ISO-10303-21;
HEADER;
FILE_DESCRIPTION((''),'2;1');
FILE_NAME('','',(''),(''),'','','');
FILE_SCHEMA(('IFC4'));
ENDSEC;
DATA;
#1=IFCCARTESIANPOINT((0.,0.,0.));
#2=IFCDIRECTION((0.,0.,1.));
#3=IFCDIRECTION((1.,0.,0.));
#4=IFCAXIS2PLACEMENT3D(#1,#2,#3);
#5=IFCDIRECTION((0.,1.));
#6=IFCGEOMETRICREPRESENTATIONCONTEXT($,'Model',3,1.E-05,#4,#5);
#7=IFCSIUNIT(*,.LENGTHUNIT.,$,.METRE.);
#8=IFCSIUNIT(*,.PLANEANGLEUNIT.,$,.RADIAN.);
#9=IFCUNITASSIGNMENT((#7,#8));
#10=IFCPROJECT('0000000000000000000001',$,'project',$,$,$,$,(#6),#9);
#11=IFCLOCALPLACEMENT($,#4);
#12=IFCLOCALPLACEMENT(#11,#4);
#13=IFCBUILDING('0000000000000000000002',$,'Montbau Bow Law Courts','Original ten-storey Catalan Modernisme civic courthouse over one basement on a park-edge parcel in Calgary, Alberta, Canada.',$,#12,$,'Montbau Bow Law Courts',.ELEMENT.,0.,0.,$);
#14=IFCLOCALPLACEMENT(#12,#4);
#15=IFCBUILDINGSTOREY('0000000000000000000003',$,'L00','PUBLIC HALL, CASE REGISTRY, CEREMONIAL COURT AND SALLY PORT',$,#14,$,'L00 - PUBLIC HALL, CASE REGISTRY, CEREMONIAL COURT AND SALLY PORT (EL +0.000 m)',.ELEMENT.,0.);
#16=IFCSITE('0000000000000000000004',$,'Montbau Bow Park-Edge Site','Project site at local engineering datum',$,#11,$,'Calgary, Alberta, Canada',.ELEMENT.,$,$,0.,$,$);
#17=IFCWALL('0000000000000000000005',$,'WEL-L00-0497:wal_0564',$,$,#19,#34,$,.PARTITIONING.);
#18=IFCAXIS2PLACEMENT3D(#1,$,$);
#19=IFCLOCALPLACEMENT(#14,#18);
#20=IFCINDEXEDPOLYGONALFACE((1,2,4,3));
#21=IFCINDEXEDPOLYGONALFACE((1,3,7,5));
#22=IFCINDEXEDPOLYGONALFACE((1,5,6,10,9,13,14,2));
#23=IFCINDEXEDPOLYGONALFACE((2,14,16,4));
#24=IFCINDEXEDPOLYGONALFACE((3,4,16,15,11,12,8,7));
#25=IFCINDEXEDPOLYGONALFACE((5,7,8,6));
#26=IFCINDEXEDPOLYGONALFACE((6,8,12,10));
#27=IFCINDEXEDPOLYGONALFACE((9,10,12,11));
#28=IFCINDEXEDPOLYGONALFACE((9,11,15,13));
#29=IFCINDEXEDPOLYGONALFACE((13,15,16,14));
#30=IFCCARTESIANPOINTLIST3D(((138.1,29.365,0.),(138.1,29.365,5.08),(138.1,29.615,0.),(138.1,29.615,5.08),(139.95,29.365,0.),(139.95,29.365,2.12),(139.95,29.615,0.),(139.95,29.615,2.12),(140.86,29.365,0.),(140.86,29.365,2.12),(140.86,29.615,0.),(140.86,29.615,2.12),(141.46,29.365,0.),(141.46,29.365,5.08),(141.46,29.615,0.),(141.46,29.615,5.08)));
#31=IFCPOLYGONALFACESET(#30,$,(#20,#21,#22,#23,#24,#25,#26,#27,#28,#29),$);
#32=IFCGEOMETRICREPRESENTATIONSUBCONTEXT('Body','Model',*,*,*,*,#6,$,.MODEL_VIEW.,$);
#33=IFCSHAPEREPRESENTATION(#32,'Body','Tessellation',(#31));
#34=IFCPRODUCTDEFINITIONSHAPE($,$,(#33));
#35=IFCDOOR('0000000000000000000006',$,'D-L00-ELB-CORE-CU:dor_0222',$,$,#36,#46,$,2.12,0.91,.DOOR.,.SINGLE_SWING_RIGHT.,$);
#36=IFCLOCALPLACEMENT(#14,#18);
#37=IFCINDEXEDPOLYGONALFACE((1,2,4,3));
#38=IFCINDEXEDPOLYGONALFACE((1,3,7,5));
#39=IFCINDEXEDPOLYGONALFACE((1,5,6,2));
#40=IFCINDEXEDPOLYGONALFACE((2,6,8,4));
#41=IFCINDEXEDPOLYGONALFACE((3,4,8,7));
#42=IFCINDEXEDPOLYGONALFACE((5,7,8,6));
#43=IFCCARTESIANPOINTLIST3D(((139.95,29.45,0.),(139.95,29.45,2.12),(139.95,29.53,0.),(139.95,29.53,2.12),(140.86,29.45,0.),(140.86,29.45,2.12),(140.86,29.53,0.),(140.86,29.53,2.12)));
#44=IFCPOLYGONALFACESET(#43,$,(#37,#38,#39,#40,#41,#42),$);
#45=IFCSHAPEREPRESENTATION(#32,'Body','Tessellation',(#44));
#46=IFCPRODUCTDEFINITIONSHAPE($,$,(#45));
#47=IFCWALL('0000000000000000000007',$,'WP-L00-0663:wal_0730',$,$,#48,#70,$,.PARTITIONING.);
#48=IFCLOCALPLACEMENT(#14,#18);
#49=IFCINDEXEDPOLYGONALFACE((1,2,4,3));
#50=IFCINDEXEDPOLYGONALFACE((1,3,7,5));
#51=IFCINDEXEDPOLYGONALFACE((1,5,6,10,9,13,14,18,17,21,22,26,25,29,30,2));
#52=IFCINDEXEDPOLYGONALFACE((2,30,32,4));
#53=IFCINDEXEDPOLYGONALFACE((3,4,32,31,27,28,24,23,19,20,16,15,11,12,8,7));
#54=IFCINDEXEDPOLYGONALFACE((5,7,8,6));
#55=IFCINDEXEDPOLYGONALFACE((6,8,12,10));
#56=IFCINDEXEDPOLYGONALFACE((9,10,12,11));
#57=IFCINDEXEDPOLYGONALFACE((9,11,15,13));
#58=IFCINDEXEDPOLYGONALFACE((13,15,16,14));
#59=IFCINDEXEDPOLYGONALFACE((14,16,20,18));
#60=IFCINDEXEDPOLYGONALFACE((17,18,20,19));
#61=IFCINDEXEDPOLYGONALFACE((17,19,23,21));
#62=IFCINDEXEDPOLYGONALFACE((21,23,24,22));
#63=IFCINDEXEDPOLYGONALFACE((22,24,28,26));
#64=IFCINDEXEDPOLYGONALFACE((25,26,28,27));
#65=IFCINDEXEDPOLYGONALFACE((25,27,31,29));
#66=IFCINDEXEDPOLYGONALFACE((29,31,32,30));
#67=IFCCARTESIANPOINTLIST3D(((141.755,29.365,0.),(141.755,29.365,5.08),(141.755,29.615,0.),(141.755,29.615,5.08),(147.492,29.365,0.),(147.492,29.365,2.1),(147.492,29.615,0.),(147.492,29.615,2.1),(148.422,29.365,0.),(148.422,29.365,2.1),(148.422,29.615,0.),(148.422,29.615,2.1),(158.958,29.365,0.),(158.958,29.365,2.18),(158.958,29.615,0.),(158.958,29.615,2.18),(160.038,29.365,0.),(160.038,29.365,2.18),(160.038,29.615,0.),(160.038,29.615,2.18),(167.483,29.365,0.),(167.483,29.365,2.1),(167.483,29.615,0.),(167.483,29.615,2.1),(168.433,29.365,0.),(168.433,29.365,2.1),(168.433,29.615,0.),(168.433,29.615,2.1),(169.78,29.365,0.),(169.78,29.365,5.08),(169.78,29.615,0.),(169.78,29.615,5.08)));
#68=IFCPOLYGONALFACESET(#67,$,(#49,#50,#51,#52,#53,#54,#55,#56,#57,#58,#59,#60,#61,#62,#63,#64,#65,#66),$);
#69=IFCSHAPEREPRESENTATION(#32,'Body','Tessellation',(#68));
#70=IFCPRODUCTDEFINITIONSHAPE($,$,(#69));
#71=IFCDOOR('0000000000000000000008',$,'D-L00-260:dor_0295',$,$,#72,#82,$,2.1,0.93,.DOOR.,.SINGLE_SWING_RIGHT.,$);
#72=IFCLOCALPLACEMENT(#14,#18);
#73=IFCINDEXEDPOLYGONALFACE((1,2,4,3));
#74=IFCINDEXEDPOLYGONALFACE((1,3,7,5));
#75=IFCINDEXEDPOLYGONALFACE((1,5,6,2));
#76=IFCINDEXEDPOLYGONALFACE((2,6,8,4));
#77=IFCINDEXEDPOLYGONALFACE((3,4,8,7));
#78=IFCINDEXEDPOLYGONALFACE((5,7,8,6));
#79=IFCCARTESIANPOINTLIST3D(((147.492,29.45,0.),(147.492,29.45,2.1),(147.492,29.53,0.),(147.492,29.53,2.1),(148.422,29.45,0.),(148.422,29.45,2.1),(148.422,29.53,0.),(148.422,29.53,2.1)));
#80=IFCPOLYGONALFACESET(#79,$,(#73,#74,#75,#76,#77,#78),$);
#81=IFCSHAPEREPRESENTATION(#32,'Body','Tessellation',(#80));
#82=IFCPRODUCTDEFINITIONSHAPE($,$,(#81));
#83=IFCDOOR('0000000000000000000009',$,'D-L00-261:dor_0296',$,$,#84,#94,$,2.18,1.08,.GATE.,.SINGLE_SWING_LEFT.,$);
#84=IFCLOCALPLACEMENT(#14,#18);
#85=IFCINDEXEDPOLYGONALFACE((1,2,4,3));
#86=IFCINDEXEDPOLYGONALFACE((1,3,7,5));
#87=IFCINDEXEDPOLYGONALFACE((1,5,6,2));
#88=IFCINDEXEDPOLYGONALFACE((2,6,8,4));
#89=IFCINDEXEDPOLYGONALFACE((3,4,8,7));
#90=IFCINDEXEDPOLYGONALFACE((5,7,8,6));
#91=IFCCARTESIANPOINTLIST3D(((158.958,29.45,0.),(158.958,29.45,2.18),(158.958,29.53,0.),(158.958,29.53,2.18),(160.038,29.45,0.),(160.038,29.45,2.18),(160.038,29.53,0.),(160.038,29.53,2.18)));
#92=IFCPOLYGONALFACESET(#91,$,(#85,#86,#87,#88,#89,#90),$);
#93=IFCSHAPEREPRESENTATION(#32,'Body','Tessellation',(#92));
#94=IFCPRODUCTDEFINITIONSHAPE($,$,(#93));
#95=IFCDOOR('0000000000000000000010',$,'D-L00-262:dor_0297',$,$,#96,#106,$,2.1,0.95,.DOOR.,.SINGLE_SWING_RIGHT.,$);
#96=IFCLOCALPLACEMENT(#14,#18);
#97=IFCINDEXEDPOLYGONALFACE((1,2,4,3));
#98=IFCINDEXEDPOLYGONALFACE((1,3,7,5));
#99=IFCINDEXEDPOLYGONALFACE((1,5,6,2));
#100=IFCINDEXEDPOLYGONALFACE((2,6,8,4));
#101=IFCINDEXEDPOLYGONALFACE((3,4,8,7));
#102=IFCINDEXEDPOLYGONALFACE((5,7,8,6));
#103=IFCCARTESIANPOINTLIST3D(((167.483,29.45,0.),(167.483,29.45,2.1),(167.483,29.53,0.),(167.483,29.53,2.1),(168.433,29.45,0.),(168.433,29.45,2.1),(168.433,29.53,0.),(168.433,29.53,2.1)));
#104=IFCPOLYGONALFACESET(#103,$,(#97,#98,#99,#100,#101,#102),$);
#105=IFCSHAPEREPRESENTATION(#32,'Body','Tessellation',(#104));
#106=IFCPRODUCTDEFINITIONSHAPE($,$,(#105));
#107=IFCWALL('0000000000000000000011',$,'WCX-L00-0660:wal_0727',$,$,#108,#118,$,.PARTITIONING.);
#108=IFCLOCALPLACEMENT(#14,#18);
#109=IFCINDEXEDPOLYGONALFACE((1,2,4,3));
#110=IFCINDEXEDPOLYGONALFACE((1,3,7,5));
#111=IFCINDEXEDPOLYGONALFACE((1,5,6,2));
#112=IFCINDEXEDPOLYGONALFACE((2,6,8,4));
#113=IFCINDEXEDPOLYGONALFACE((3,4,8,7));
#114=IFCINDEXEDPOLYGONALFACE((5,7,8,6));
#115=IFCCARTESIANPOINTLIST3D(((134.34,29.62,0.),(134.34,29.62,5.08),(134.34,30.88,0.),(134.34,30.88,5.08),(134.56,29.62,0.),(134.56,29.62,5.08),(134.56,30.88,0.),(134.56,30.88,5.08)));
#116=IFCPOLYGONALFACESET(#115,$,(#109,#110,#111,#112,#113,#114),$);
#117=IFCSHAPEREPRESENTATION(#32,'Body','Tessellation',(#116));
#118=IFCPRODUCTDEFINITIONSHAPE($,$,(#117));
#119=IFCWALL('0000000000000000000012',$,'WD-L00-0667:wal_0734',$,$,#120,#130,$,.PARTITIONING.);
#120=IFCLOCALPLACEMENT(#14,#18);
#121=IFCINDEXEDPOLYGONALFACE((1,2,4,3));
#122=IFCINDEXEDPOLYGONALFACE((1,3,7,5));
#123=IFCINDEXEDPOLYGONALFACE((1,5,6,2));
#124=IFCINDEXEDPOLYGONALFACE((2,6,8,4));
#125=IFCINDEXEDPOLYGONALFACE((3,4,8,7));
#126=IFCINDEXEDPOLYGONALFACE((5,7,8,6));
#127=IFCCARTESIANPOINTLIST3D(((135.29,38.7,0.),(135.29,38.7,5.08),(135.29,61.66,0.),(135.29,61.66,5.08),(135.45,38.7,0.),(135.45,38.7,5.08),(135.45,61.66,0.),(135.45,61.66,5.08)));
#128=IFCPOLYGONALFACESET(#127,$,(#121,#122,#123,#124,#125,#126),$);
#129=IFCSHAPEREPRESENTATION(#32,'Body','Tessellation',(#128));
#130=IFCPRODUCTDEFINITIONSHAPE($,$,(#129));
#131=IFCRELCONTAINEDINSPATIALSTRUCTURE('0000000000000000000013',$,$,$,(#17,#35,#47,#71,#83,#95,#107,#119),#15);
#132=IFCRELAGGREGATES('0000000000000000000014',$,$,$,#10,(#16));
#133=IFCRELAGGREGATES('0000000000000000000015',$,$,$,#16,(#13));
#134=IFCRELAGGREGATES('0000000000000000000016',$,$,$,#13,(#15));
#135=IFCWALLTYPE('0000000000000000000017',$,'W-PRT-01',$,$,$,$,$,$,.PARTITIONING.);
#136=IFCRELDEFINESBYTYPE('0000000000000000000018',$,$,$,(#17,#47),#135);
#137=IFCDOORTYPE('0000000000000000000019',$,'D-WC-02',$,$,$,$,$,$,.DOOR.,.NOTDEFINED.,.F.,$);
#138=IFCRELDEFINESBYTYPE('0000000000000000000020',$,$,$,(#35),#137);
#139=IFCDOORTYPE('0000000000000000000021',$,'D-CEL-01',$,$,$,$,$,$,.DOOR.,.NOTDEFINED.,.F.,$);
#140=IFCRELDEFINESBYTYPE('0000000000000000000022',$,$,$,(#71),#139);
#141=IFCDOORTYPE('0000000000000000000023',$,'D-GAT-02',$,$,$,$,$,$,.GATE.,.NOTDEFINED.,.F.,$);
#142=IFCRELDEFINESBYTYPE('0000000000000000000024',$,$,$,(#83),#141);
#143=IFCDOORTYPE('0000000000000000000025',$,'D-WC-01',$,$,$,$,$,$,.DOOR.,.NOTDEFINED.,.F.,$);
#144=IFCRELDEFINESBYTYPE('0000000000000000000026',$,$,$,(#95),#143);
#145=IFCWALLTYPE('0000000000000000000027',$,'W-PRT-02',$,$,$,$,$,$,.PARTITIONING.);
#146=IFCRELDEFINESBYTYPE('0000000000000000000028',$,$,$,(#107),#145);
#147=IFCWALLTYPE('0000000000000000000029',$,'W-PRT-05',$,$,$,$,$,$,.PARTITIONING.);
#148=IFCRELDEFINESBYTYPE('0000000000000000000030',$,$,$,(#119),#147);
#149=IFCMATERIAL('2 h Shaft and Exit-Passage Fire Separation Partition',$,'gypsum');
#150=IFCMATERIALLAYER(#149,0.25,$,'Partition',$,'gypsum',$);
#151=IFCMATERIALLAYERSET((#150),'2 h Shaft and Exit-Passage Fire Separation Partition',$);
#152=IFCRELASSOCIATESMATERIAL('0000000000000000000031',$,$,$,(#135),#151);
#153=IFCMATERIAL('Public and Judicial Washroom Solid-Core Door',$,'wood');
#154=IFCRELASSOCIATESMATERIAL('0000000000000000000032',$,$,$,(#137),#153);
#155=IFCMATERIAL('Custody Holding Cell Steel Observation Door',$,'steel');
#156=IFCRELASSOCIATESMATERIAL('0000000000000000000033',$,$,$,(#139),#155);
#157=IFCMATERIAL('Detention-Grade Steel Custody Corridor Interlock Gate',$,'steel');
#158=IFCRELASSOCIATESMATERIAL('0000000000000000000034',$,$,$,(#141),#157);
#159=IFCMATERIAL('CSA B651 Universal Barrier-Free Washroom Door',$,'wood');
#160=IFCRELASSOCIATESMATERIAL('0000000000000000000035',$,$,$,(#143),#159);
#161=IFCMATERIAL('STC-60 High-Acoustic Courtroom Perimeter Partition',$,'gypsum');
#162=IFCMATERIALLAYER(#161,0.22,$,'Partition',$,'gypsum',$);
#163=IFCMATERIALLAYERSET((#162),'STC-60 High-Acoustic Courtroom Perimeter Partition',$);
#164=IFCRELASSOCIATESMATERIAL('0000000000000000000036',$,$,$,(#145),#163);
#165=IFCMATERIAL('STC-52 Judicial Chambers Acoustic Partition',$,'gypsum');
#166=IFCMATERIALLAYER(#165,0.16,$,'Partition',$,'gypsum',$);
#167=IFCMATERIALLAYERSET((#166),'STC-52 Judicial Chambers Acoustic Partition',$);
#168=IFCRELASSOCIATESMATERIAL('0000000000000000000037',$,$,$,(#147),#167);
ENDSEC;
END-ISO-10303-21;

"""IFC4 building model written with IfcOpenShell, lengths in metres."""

from ifc_helpers import new_model, si_unit, direction, frame, frame_2d, origin_with_axes, place, context, subcontext, project, spatial, rectangle, extrude, material, layer, layer_set, type_object, element, fill, save


model = new_model("IFC4")

# Units and contexts
model_context = context("Model", 3, precision=1e-05, world=origin_with_axes(), true_north=direction((0.0, 1.0)))
body_context = subcontext(model_context, "Body", "Model", "MODEL_VIEW")
ifc_project = project(units=[si_unit("LENGTHUNIT", "METRE"), si_unit("PLANEANGLEUNIT", "RADIAN")], contexts=[model_context])

# Site, building, storey
site_placement = place(None, origin_with_axes())
site = spatial("IfcSite", under=ifc_project, at=site_placement, Name="Montbau Bow Park-Edge Site", Description="Project site at local engineering datum", LongName="Calgary, Alberta, Canada", CompositionType="ELEMENT", RefElevation=0.0)
building_placement = place(site_placement, origin_with_axes())
building = spatial("IfcBuilding", under=site, at=building_placement, Name="Montbau Bow Law Courts", Description="Original ten-storey Catalan Modernisme civic courthouse over one basement on a park-edge parcel in Calgary, Alberta, Canada.", LongName="Montbau Bow Law Courts", CompositionType="ELEMENT", ElevationOfRefHeight=0.0, ElevationOfTerrain=0.0)
storey_placement = place(building_placement, origin_with_axes())
storey = spatial("IfcBuildingStorey", under=building, at=storey_placement, Name="L00", Description="PUBLIC HALL, CASE REGISTRY, CEREMONIAL COURT AND SALLY PORT", LongName="L00 - PUBLIC HALL, CASE REGISTRY, CEREMONIAL COURT AND SALLY PORT (EL +0.000 m)", CompositionType="ELEMENT", Elevation=0.0)

# Shared definitions
ifc_material_1 = material(Name="2 h Shaft and Exit-Passage Fire Separation Partition", Category="gypsum")
ifc_layer_1 = layer(ifc_material_1, 0.25, Name="Partition", Category="gypsum")
ifc_layer_set_1 = layer_set([ifc_layer_1], Name="2 h Shaft and Exit-Passage Fire Separation Partition")
wall_type_1 = type_object("IfcWallType", Name="W-PRT-01", PredefinedType="PARTITIONING", material=ifc_layer_set_1)

# Wall, opening, door
wall_1_placement = place(None, frame((138.1, 29.49, 0.0), z_axis=(0.0, 0.0, 1.0), x_axis=(1.0, 0.0, 0.0)))
wall_1 = element("IfcWall", 1, at=wall_1_placement, inside=storey, type_object=wall_type_1, Name="WEL-L00-0497:wal_0564", PredefinedType="PARTITIONING", context=body_context, shape_type="SweptSolid", body=[
    extrude(rectangle(XDim=3.36, YDim=0.25, at=frame_2d((1.68, 0.0), x_axis=(1.0, 0.0))), origin_with_axes(), (0.0, 0.0, 1.0), 5.08),
])
opening_1_placement = place(None, frame((140.405, 29.49, 0.0), z_axis=(0.0, 0.0, 1.0), x_axis=(1.0, 0.0, 0.0)))
opening_1 = element("IfcOpeningElement", 2, at=opening_1_placement, cuts=wall_1, PredefinedType="OPENING", context=body_context, shape_type="SweptSolid", body=[
    extrude(rectangle(XDim=0.91, YDim=2.12, at=frame_2d((0.0, 1.06), x_axis=(1.0, 0.0))), frame((0.0, 0.135, 0.0), z_axis=(0.0, -1.0, 0.0), x_axis=(1.0, 0.0, 0.0)), (0.0, 0.0, 1.0), 0.27),
])
ifc_material_2 = material(Name="Public and Judicial Washroom Solid-Core Door", Category="wood")
door_type_1 = type_object("IfcDoorType", Name="D-WC-02", OperationType="NOTDEFINED", ParameterTakesPrecedence=False, PredefinedType="DOOR", material=ifc_material_2)
door_1_placement = place(None, frame((140.405, 29.49, 0.0), z_axis=(0.0, 0.0, 1.0), x_axis=(1.0, 0.0, 0.0)))
door_1 = element("IfcDoor", 3, at=door_1_placement, inside=storey, type_object=door_type_1, Name="D-L00-ELB-CORE-CU:dor_0222", OperationType="SINGLE_SWING_RIGHT", OverallHeight=2.12, OverallWidth=0.91, PredefinedType="DOOR", context=body_context, shape_type="SweptSolid", body=[
    extrude(rectangle(XDim=0.91, YDim=2.12, at=frame_2d((0.0, 1.06), x_axis=(1.0, 0.0))), frame((0.0, 0.04, 0.0), z_axis=(0.0, -1.0, 0.0), x_axis=(1.0, 0.0, 0.0)), (0.0, 0.0, 1.0), 0.08),
])
fill(opening_1, door_1)

# Wall, openings, doors
wall_2_placement = place(None, frame((141.755, 29.49, 0.0), z_axis=(0.0, 0.0, 1.0), x_axis=(1.0, 0.0, 0.0)))
wall_2 = element("IfcWall", 4, at=wall_2_placement, inside=storey, type_object=wall_type_1, Name="WP-L00-0663:wal_0730", PredefinedType="PARTITIONING", context=body_context, shape_type="SweptSolid", body=[
    extrude(rectangle(XDim=28.025, YDim=0.25, at=frame_2d((14.0125, 0.0), x_axis=(1.0, 0.0))), origin_with_axes(), (0.0, 0.0, 1.0), 5.08),
])
opening_2_placement = place(None, frame((147.957, 29.49, 0.0), z_axis=(0.0, 0.0, 1.0), x_axis=(1.0, 0.0, 0.0)))
opening_2 = element("IfcOpeningElement", 5, at=opening_2_placement, cuts=wall_2, PredefinedType="OPENING", context=body_context, shape_type="SweptSolid", body=[
    extrude(rectangle(XDim=0.93, YDim=2.1, at=frame_2d((0.0, 1.05), x_axis=(1.0, 0.0))), frame((0.0, 0.135, 0.0), z_axis=(0.0, -1.0, 0.0), x_axis=(1.0, 0.0, 0.0)), (0.0, 0.0, 1.0), 0.27),
])
opening_3_placement = place(None, frame((159.498, 29.49, 0.0), z_axis=(0.0, 0.0, 1.0), x_axis=(1.0, 0.0, 0.0)))
opening_3 = element("IfcOpeningElement", 6, at=opening_3_placement, cuts=wall_2, PredefinedType="OPENING", context=body_context, shape_type="SweptSolid", body=[
    extrude(rectangle(XDim=1.08, YDim=2.18, at=frame_2d((0.0, 1.09), x_axis=(1.0, 0.0))), frame((0.0, 0.135, 0.0), z_axis=(0.0, -1.0, 0.0), x_axis=(1.0, 0.0, 0.0)), (0.0, 0.0, 1.0), 0.27),
])
opening_4_placement = place(None, frame((167.958, 29.49, 0.0), z_axis=(0.0, 0.0, 1.0), x_axis=(1.0, 0.0, 0.0)))
opening_4 = element("IfcOpeningElement", 7, at=opening_4_placement, cuts=wall_2, PredefinedType="OPENING", context=body_context, shape_type="SweptSolid", body=[
    extrude(rectangle(XDim=0.95, YDim=2.1, at=frame_2d((0.0, 1.05), x_axis=(1.0, 0.0))), frame((0.0, 0.135, 0.0), z_axis=(0.0, -1.0, 0.0), x_axis=(1.0, 0.0, 0.0)), (0.0, 0.0, 1.0), 0.27),
])
ifc_material_3 = material(Name="Custody Holding Cell Steel Observation Door", Category="steel")
door_type_2 = type_object("IfcDoorType", Name="D-CEL-01", OperationType="NOTDEFINED", ParameterTakesPrecedence=False, PredefinedType="DOOR", material=ifc_material_3)
door_2_placement = place(None, frame((147.957, 29.49, 0.0), z_axis=(0.0, 0.0, 1.0), x_axis=(-1.0, 0.0, 0.0)))
door_2 = element("IfcDoor", 8, at=door_2_placement, inside=storey, type_object=door_type_2, Name="D-L00-260:dor_0295", OperationType="SINGLE_SWING_RIGHT", OverallHeight=2.1, OverallWidth=0.93, PredefinedType="DOOR", context=body_context, shape_type="SweptSolid", body=[
    extrude(rectangle(XDim=0.93, YDim=2.1, at=frame_2d((0.0, 1.05), x_axis=(1.0, 0.0))), frame((0.0, 0.04, 0.0), z_axis=(0.0, -1.0, 0.0), x_axis=(1.0, 0.0, 0.0)), (0.0, 0.0, 1.0), 0.08),
])
fill(opening_2, door_2)
ifc_material_4 = material(Name="Detention-Grade Steel Custody Corridor Interlock Gate", Category="steel")
door_type_3 = type_object("IfcDoorType", Name="D-GAT-02", OperationType="NOTDEFINED", ParameterTakesPrecedence=False, PredefinedType="GATE", material=ifc_material_4)
door_3_placement = place(None, frame((159.498, 29.49, 0.0), z_axis=(0.0, 0.0, 1.0), x_axis=(-1.0, 0.0, 0.0)))
door_3 = element("IfcDoor", 9, at=door_3_placement, inside=storey, type_object=door_type_3, Name="D-L00-261:dor_0296", OperationType="SINGLE_SWING_LEFT", OverallHeight=2.18, OverallWidth=1.08, PredefinedType="GATE", context=body_context, shape_type="SweptSolid", body=[
    extrude(rectangle(XDim=1.08, YDim=2.18, at=frame_2d((0.0, 1.09), x_axis=(1.0, 0.0))), frame((0.0, 0.04, 0.0), z_axis=(0.0, -1.0, 0.0), x_axis=(1.0, 0.0, 0.0)), (0.0, 0.0, 1.0), 0.08),
])
fill(opening_3, door_3)
ifc_material_5 = material(Name="CSA B651 Universal Barrier-Free Washroom Door", Category="wood")
door_type_4 = type_object("IfcDoorType", Name="D-WC-01", OperationType="NOTDEFINED", ParameterTakesPrecedence=False, PredefinedType="DOOR", material=ifc_material_5)
door_4_placement = place(None, frame((167.958, 29.49, 0.0), z_axis=(0.0, 0.0, 1.0), x_axis=(-1.0, 0.0, 0.0)))
door_4 = element("IfcDoor", 10, at=door_4_placement, inside=storey, type_object=door_type_4, Name="D-L00-262:dor_0297", OperationType="SINGLE_SWING_RIGHT", OverallHeight=2.1, OverallWidth=0.95, PredefinedType="DOOR", context=body_context, shape_type="SweptSolid", body=[
    extrude(rectangle(XDim=0.95, YDim=2.1, at=frame_2d((0.0, 1.05), x_axis=(1.0, 0.0))), frame((0.0, 0.04, 0.0), z_axis=(0.0, -1.0, 0.0), x_axis=(1.0, 0.0, 0.0)), (0.0, 0.0, 1.0), 0.08),
])
fill(opening_4, door_4)

# Walls
ifc_material_6 = material(Name="STC-60 High-Acoustic Courtroom Perimeter Partition", Category="gypsum")
ifc_layer_2 = layer(ifc_material_6, 0.22, Name="Partition", Category="gypsum")
ifc_layer_set_2 = layer_set([ifc_layer_2], Name="STC-60 High-Acoustic Courtroom Perimeter Partition")
wall_type_2 = type_object("IfcWallType", Name="W-PRT-02", PredefinedType="PARTITIONING", material=ifc_layer_set_2)
wall_3_placement = place(None, frame((134.45, 29.62, 0.0), z_axis=(0.0, 0.0, 1.0), x_axis=(0.0, 1.0, 0.0)))
element("IfcWall", 11, at=wall_3_placement, inside=storey, type_object=wall_type_2, Name="WCX-L00-0660:wal_0727", PredefinedType="PARTITIONING", context=body_context, shape_type="SweptSolid", body=[
    extrude(rectangle(XDim=1.26, YDim=0.22, at=frame_2d((0.63, 0.0), x_axis=(1.0, 0.0))), origin_with_axes(), (0.0, 0.0, 1.0), 5.08),
])
ifc_material_7 = material(Name="STC-52 Judicial Chambers Acoustic Partition", Category="gypsum")
ifc_layer_3 = layer(ifc_material_7, 0.16, Name="Partition", Category="gypsum")
ifc_layer_set_3 = layer_set([ifc_layer_3], Name="STC-52 Judicial Chambers Acoustic Partition")
wall_type_3 = type_object("IfcWallType", Name="W-PRT-05", PredefinedType="PARTITIONING", material=ifc_layer_set_3)
wall_4_placement = place(None, frame((135.37, 38.7, 0.0), z_axis=(0.0, 0.0, 1.0), x_axis=(0.0, 1.0, 0.0)))
element("IfcWall", 12, at=wall_4_placement, inside=storey, type_object=wall_type_3, Name="WD-L00-0667:wal_0734", PredefinedType="PARTITIONING", context=body_context, shape_type="SweptSolid", body=[
    extrude(rectangle(XDim=22.96, YDim=0.16, at=frame_2d((11.48, 0.0), x_axis=(1.0, 0.0))), origin_with_axes(), (0.0, 0.0, 1.0), 5.08),
])

save(model, "model.ifc")
